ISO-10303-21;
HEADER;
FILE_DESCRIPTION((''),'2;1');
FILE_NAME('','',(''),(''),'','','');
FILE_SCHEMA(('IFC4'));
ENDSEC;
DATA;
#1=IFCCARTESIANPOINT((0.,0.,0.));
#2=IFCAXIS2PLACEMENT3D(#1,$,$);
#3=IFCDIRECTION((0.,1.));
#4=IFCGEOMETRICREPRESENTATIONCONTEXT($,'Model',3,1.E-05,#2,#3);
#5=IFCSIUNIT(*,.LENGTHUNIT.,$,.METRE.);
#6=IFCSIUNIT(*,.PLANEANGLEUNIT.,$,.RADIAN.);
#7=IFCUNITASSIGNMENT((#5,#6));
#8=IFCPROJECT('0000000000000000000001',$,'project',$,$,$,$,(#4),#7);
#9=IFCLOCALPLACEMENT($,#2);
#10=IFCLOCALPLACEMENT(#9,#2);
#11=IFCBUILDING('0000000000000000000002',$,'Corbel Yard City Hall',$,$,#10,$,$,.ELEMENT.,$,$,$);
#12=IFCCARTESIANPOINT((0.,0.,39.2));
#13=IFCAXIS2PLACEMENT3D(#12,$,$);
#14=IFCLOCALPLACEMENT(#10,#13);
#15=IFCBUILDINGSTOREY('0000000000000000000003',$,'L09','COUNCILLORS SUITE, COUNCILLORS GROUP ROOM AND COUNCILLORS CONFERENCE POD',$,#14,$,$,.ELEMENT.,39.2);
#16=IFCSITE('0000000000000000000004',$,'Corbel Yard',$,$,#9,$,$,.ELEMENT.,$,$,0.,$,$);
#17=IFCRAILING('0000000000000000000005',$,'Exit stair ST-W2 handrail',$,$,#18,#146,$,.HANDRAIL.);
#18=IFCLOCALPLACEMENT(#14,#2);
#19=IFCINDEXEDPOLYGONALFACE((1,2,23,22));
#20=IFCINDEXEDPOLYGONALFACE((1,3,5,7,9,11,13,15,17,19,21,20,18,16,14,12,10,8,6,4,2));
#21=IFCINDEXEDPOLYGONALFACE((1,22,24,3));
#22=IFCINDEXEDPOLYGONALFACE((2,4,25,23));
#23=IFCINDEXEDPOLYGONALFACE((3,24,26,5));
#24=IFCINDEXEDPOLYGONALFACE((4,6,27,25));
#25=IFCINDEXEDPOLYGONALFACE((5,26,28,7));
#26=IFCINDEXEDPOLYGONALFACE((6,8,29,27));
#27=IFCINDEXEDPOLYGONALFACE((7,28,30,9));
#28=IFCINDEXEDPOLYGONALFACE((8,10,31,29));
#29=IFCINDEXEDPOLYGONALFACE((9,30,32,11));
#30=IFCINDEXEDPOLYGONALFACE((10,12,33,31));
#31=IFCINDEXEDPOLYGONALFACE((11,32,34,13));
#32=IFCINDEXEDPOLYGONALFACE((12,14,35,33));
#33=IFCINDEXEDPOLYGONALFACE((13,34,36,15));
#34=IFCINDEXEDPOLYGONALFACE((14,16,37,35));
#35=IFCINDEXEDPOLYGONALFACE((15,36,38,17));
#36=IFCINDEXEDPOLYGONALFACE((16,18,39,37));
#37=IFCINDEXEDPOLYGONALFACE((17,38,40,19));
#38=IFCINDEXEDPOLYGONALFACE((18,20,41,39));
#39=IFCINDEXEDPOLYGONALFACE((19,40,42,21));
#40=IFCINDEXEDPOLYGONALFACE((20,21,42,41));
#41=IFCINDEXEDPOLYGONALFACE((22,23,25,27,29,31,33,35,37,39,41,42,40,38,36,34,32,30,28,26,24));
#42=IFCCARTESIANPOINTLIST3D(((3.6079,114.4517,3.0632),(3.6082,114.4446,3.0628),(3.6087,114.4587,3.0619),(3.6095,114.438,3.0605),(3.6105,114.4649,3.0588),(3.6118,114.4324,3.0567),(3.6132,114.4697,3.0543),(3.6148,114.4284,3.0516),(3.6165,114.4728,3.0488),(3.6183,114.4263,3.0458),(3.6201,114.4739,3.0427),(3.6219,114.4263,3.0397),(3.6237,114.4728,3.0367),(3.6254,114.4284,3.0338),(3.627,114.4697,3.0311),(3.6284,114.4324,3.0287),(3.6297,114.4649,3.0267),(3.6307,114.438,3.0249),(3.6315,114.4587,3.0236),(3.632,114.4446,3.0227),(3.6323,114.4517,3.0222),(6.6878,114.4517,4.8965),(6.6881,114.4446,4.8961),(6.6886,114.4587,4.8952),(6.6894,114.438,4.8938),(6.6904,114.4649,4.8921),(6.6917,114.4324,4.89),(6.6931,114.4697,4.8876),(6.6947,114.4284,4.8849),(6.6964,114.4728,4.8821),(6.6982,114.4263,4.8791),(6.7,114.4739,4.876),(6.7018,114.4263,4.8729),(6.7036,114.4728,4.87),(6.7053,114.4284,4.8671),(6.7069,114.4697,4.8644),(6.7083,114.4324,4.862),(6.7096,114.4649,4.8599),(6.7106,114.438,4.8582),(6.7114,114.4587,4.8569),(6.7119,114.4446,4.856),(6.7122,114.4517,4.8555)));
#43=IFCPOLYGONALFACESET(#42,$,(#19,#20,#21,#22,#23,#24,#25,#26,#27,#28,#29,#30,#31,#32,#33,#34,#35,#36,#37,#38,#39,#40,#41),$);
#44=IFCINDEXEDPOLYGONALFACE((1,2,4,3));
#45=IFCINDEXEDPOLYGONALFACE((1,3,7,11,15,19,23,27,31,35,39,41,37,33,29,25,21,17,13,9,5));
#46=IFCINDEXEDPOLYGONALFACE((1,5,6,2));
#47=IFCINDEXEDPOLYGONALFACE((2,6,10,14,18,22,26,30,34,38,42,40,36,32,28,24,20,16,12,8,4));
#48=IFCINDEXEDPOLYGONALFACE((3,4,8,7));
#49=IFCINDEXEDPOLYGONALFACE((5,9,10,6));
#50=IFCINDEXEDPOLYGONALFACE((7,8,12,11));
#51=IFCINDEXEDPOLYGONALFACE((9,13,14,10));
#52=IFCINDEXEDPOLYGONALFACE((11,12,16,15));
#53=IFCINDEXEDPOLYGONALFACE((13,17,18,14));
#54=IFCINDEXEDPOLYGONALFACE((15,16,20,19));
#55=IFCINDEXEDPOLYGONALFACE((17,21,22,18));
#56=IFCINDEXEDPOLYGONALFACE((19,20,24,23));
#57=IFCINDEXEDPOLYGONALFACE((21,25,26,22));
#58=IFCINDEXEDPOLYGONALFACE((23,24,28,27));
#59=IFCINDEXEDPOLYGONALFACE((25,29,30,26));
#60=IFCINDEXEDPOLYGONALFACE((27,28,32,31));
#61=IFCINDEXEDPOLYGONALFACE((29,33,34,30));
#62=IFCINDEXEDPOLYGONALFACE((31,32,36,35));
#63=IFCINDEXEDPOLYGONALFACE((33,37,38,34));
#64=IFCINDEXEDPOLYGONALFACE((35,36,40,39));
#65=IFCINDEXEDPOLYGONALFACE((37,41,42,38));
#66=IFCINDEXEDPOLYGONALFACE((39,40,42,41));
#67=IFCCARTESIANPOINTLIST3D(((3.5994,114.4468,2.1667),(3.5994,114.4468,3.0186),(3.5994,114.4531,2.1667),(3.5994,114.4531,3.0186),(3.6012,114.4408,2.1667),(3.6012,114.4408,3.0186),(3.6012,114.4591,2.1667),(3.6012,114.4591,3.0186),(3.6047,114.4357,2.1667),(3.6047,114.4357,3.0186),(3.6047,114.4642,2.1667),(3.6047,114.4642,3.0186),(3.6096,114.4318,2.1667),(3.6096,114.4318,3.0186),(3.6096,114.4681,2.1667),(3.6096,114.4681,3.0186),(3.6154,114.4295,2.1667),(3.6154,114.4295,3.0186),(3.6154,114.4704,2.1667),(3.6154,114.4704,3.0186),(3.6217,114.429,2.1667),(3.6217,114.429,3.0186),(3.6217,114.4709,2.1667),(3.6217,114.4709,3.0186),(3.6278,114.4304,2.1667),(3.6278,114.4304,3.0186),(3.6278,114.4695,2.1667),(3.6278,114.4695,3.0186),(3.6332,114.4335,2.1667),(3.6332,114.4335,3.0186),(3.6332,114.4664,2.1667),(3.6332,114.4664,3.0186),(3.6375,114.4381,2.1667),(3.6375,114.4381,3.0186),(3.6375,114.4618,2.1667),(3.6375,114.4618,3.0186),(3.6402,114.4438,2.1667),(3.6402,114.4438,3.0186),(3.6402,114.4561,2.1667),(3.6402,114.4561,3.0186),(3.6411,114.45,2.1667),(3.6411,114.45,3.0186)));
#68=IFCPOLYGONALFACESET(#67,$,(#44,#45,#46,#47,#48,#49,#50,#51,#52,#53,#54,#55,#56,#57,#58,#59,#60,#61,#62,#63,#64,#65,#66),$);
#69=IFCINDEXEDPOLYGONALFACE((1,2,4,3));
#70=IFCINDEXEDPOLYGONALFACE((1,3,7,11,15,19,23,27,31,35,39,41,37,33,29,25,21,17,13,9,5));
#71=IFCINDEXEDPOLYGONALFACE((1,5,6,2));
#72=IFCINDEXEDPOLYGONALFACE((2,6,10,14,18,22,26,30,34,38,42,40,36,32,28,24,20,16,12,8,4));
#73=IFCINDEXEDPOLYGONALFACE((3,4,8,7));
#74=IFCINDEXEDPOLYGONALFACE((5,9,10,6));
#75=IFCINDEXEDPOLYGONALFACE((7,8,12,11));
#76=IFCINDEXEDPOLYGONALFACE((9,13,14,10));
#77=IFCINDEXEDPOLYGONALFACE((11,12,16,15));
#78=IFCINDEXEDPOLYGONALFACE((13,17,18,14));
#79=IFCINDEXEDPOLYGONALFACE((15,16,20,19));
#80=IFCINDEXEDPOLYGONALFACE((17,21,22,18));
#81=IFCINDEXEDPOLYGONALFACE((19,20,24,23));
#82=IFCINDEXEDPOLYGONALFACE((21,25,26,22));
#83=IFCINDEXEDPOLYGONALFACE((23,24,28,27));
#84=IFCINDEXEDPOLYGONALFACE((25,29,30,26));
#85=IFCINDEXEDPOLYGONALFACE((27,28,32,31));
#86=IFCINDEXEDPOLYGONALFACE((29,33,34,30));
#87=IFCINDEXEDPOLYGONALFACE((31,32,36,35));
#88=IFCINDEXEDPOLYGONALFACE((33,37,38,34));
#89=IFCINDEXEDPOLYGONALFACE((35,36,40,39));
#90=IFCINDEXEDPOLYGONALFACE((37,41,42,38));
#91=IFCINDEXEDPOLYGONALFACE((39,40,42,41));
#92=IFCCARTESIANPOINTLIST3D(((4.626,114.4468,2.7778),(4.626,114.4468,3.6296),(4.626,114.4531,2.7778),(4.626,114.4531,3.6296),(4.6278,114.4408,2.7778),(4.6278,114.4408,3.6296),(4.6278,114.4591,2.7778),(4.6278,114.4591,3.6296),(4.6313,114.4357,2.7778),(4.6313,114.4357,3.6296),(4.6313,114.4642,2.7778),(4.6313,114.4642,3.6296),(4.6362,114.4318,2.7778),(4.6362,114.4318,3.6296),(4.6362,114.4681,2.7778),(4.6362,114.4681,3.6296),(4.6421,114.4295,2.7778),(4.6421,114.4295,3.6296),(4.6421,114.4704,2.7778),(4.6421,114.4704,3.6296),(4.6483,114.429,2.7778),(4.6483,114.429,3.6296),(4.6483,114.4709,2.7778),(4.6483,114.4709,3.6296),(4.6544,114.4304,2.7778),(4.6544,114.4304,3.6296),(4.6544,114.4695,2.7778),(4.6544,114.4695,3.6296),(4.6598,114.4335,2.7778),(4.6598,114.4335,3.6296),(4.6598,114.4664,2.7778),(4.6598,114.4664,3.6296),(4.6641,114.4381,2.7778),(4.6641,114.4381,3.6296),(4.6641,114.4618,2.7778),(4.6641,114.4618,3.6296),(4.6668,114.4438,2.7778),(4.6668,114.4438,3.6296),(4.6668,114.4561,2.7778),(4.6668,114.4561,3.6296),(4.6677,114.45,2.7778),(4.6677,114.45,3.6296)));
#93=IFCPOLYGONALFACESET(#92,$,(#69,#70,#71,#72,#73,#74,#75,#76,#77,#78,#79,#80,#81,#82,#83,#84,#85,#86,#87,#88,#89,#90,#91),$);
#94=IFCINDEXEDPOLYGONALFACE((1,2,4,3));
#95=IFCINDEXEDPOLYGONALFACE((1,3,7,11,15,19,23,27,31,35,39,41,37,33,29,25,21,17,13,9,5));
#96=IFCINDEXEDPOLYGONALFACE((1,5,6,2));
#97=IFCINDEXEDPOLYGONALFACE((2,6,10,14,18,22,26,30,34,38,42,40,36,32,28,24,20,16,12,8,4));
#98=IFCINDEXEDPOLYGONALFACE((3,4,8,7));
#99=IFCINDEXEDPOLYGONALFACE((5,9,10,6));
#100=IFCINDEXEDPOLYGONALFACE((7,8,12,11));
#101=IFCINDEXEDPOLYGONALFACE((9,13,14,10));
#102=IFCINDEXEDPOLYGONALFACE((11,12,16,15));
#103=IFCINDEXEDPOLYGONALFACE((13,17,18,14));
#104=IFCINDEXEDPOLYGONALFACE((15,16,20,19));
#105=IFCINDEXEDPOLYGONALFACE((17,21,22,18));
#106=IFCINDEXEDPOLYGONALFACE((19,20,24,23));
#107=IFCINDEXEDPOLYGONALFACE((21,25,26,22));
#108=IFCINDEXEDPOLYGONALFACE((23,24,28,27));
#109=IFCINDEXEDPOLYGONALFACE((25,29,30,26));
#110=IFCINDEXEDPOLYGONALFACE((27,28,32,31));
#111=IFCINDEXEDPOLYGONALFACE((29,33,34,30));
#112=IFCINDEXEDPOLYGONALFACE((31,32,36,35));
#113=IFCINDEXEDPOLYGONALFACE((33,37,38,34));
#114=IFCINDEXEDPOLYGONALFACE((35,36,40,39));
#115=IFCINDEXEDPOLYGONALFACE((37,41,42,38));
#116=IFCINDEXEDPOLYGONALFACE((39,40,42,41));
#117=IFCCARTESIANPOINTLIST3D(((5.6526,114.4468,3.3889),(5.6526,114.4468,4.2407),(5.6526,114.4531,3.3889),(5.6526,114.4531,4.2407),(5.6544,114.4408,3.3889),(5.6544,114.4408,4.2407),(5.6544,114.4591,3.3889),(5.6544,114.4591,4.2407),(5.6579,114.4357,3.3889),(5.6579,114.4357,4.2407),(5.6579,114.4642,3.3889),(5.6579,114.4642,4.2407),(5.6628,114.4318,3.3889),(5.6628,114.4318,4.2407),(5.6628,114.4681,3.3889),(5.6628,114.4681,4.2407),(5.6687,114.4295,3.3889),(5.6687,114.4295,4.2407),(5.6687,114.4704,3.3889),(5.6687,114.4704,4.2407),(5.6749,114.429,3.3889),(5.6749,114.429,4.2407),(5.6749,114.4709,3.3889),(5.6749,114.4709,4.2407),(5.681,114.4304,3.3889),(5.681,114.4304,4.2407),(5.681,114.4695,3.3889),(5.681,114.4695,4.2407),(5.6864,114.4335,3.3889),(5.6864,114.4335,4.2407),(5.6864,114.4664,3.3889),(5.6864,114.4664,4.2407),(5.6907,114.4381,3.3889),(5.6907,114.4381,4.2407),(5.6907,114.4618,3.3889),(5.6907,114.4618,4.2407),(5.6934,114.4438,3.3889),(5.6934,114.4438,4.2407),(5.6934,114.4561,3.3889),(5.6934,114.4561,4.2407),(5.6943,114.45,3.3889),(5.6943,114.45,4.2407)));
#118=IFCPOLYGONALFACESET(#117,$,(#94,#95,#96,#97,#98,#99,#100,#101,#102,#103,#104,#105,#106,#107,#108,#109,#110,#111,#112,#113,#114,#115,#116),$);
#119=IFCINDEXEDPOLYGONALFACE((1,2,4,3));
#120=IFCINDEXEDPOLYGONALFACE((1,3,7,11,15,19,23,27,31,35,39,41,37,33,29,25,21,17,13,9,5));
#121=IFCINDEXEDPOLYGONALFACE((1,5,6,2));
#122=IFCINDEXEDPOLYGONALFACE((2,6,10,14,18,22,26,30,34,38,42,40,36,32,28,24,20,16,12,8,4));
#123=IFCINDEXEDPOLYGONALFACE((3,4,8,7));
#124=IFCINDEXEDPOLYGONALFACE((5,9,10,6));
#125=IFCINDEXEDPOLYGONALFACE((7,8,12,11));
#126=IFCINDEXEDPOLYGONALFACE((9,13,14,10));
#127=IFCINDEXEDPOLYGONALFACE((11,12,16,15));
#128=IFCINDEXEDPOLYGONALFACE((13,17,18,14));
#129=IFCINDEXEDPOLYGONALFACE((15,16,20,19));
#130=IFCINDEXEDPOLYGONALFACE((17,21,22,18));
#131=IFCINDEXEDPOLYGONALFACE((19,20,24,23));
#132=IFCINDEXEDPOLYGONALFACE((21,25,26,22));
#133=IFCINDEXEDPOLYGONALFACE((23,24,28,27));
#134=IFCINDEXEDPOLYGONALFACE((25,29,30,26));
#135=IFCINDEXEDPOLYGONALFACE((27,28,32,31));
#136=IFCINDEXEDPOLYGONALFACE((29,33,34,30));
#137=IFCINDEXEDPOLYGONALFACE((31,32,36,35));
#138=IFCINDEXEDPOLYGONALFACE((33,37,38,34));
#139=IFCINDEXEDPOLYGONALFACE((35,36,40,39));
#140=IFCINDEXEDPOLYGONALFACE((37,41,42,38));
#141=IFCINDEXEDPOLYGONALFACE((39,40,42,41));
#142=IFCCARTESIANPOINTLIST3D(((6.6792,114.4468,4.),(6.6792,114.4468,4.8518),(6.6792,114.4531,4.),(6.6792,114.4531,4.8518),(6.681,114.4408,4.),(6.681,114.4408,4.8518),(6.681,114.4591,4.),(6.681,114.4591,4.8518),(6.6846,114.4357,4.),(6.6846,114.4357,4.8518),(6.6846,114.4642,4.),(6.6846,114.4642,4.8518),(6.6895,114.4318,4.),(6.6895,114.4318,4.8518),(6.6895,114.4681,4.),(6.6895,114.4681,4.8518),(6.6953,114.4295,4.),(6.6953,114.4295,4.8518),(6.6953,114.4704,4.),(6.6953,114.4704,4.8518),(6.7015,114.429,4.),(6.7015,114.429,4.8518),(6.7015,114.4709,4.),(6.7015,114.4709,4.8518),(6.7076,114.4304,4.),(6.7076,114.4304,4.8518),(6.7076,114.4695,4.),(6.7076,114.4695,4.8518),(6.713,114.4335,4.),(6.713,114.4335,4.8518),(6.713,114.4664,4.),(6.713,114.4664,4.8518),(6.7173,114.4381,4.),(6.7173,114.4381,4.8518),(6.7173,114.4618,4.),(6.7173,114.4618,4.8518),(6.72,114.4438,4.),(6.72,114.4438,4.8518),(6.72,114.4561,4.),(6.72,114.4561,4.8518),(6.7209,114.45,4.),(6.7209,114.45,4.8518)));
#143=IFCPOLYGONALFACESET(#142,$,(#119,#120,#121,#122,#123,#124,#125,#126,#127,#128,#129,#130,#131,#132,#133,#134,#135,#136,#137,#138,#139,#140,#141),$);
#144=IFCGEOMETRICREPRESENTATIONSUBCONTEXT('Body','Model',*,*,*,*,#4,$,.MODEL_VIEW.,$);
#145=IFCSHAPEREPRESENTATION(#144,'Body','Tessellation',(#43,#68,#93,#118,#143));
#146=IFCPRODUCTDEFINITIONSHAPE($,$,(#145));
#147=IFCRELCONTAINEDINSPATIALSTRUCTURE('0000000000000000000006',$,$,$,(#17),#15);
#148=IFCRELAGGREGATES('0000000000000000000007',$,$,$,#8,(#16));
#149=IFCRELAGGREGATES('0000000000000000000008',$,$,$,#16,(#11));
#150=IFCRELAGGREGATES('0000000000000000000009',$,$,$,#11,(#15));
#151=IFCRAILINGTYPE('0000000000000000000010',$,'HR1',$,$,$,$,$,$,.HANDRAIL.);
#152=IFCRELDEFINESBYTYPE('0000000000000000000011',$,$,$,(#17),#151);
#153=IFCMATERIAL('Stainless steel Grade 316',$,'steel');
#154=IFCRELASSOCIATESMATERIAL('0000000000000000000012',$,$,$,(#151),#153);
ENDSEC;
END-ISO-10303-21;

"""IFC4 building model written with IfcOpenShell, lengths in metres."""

from ifc_helpers import new_model, si_unit, direction, frame, origin, origin_2d, place, context, subcontext, project, spatial, circle, extrude, material, type_object, element, save


model = new_model("IFC4")

# Units and contexts
model_context = context("Model", 3, precision=1e-05, world=origin(), true_north=direction((0.0, 1.0)))
body_context = subcontext(model_context, "Body", "Model", "MODEL_VIEW")
ifc_project = project(units=[si_unit("LENGTHUNIT", "METRE"), si_unit("PLANEANGLEUNIT", "RADIAN")], contexts=[model_context])

# Site, building, storey
site_placement = place(None, origin())
site = spatial("IfcSite", under=ifc_project, at=site_placement, Name="Corbel Yard", CompositionType="ELEMENT", RefElevation=0.0)
building_placement = place(site_placement, origin())
building = spatial("IfcBuilding", under=site, at=building_placement, Name="Corbel Yard City Hall", CompositionType="ELEMENT")
storey_placement = place(building_placement, frame((0.0, 0.0, 39.2)))
storey = spatial("IfcBuildingStorey", under=building, at=storey_placement, Name="L09", Description="COUNCILLORS SUITE, COUNCILLORS GROUP ROOM AND COUNCILLORS CONFERENCE POD", CompositionType="ELEMENT", Elevation=39.2)

# Shared definitions
ifc_material_1 = material(Name="Stainless steel Grade 316", Category="steel")

# Railing
railing_type = type_object("IfcRailingType", Name="HR1", PredefinedType="HANDRAIL", material=ifc_material_1)
for number, where, name in (
    (1, (3.6201, 114.45, 2.1667), "Exit stair ST-W2 handrail"),
):
    element("IfcRailing", number, at=place(storey_placement, frame(where)), inside=storey, type_object=railing_type, Name=name, PredefinedType="HANDRAIL", context=body_context, shape_type="SweptSolid", body=[
        extrude(circle(Radius=0.0239, at=origin_2d()), frame((0.0, 0.0, 0.876), z_axis=(0.859291, 0.0, 0.511487), x_axis=(0.0, 1.0, 0.0)), (0.0, 0.0, 1.0), 3.5842),
        extrude(circle(Radius=0.021, at=origin_2d()), origin(), (0.0, 0.0, 1.0), 0.8518),
        extrude(circle(Radius=0.021, at=origin_2d()), frame((1.0266, 0.0, 0.6111)), (0.0, 0.0, 1.0), 0.8518),
        extrude(circle(Radius=0.021, at=origin_2d()), frame((2.0532, 0.0, 1.2222)), (0.0, 0.0, 1.0), 0.8518),
        extrude(circle(Radius=0.021, at=origin_2d()), frame((3.0798, 0.0, 1.8333)), (0.0, 0.0, 1.0), 0.8518),
    ])

save(model, "model.ifc")
